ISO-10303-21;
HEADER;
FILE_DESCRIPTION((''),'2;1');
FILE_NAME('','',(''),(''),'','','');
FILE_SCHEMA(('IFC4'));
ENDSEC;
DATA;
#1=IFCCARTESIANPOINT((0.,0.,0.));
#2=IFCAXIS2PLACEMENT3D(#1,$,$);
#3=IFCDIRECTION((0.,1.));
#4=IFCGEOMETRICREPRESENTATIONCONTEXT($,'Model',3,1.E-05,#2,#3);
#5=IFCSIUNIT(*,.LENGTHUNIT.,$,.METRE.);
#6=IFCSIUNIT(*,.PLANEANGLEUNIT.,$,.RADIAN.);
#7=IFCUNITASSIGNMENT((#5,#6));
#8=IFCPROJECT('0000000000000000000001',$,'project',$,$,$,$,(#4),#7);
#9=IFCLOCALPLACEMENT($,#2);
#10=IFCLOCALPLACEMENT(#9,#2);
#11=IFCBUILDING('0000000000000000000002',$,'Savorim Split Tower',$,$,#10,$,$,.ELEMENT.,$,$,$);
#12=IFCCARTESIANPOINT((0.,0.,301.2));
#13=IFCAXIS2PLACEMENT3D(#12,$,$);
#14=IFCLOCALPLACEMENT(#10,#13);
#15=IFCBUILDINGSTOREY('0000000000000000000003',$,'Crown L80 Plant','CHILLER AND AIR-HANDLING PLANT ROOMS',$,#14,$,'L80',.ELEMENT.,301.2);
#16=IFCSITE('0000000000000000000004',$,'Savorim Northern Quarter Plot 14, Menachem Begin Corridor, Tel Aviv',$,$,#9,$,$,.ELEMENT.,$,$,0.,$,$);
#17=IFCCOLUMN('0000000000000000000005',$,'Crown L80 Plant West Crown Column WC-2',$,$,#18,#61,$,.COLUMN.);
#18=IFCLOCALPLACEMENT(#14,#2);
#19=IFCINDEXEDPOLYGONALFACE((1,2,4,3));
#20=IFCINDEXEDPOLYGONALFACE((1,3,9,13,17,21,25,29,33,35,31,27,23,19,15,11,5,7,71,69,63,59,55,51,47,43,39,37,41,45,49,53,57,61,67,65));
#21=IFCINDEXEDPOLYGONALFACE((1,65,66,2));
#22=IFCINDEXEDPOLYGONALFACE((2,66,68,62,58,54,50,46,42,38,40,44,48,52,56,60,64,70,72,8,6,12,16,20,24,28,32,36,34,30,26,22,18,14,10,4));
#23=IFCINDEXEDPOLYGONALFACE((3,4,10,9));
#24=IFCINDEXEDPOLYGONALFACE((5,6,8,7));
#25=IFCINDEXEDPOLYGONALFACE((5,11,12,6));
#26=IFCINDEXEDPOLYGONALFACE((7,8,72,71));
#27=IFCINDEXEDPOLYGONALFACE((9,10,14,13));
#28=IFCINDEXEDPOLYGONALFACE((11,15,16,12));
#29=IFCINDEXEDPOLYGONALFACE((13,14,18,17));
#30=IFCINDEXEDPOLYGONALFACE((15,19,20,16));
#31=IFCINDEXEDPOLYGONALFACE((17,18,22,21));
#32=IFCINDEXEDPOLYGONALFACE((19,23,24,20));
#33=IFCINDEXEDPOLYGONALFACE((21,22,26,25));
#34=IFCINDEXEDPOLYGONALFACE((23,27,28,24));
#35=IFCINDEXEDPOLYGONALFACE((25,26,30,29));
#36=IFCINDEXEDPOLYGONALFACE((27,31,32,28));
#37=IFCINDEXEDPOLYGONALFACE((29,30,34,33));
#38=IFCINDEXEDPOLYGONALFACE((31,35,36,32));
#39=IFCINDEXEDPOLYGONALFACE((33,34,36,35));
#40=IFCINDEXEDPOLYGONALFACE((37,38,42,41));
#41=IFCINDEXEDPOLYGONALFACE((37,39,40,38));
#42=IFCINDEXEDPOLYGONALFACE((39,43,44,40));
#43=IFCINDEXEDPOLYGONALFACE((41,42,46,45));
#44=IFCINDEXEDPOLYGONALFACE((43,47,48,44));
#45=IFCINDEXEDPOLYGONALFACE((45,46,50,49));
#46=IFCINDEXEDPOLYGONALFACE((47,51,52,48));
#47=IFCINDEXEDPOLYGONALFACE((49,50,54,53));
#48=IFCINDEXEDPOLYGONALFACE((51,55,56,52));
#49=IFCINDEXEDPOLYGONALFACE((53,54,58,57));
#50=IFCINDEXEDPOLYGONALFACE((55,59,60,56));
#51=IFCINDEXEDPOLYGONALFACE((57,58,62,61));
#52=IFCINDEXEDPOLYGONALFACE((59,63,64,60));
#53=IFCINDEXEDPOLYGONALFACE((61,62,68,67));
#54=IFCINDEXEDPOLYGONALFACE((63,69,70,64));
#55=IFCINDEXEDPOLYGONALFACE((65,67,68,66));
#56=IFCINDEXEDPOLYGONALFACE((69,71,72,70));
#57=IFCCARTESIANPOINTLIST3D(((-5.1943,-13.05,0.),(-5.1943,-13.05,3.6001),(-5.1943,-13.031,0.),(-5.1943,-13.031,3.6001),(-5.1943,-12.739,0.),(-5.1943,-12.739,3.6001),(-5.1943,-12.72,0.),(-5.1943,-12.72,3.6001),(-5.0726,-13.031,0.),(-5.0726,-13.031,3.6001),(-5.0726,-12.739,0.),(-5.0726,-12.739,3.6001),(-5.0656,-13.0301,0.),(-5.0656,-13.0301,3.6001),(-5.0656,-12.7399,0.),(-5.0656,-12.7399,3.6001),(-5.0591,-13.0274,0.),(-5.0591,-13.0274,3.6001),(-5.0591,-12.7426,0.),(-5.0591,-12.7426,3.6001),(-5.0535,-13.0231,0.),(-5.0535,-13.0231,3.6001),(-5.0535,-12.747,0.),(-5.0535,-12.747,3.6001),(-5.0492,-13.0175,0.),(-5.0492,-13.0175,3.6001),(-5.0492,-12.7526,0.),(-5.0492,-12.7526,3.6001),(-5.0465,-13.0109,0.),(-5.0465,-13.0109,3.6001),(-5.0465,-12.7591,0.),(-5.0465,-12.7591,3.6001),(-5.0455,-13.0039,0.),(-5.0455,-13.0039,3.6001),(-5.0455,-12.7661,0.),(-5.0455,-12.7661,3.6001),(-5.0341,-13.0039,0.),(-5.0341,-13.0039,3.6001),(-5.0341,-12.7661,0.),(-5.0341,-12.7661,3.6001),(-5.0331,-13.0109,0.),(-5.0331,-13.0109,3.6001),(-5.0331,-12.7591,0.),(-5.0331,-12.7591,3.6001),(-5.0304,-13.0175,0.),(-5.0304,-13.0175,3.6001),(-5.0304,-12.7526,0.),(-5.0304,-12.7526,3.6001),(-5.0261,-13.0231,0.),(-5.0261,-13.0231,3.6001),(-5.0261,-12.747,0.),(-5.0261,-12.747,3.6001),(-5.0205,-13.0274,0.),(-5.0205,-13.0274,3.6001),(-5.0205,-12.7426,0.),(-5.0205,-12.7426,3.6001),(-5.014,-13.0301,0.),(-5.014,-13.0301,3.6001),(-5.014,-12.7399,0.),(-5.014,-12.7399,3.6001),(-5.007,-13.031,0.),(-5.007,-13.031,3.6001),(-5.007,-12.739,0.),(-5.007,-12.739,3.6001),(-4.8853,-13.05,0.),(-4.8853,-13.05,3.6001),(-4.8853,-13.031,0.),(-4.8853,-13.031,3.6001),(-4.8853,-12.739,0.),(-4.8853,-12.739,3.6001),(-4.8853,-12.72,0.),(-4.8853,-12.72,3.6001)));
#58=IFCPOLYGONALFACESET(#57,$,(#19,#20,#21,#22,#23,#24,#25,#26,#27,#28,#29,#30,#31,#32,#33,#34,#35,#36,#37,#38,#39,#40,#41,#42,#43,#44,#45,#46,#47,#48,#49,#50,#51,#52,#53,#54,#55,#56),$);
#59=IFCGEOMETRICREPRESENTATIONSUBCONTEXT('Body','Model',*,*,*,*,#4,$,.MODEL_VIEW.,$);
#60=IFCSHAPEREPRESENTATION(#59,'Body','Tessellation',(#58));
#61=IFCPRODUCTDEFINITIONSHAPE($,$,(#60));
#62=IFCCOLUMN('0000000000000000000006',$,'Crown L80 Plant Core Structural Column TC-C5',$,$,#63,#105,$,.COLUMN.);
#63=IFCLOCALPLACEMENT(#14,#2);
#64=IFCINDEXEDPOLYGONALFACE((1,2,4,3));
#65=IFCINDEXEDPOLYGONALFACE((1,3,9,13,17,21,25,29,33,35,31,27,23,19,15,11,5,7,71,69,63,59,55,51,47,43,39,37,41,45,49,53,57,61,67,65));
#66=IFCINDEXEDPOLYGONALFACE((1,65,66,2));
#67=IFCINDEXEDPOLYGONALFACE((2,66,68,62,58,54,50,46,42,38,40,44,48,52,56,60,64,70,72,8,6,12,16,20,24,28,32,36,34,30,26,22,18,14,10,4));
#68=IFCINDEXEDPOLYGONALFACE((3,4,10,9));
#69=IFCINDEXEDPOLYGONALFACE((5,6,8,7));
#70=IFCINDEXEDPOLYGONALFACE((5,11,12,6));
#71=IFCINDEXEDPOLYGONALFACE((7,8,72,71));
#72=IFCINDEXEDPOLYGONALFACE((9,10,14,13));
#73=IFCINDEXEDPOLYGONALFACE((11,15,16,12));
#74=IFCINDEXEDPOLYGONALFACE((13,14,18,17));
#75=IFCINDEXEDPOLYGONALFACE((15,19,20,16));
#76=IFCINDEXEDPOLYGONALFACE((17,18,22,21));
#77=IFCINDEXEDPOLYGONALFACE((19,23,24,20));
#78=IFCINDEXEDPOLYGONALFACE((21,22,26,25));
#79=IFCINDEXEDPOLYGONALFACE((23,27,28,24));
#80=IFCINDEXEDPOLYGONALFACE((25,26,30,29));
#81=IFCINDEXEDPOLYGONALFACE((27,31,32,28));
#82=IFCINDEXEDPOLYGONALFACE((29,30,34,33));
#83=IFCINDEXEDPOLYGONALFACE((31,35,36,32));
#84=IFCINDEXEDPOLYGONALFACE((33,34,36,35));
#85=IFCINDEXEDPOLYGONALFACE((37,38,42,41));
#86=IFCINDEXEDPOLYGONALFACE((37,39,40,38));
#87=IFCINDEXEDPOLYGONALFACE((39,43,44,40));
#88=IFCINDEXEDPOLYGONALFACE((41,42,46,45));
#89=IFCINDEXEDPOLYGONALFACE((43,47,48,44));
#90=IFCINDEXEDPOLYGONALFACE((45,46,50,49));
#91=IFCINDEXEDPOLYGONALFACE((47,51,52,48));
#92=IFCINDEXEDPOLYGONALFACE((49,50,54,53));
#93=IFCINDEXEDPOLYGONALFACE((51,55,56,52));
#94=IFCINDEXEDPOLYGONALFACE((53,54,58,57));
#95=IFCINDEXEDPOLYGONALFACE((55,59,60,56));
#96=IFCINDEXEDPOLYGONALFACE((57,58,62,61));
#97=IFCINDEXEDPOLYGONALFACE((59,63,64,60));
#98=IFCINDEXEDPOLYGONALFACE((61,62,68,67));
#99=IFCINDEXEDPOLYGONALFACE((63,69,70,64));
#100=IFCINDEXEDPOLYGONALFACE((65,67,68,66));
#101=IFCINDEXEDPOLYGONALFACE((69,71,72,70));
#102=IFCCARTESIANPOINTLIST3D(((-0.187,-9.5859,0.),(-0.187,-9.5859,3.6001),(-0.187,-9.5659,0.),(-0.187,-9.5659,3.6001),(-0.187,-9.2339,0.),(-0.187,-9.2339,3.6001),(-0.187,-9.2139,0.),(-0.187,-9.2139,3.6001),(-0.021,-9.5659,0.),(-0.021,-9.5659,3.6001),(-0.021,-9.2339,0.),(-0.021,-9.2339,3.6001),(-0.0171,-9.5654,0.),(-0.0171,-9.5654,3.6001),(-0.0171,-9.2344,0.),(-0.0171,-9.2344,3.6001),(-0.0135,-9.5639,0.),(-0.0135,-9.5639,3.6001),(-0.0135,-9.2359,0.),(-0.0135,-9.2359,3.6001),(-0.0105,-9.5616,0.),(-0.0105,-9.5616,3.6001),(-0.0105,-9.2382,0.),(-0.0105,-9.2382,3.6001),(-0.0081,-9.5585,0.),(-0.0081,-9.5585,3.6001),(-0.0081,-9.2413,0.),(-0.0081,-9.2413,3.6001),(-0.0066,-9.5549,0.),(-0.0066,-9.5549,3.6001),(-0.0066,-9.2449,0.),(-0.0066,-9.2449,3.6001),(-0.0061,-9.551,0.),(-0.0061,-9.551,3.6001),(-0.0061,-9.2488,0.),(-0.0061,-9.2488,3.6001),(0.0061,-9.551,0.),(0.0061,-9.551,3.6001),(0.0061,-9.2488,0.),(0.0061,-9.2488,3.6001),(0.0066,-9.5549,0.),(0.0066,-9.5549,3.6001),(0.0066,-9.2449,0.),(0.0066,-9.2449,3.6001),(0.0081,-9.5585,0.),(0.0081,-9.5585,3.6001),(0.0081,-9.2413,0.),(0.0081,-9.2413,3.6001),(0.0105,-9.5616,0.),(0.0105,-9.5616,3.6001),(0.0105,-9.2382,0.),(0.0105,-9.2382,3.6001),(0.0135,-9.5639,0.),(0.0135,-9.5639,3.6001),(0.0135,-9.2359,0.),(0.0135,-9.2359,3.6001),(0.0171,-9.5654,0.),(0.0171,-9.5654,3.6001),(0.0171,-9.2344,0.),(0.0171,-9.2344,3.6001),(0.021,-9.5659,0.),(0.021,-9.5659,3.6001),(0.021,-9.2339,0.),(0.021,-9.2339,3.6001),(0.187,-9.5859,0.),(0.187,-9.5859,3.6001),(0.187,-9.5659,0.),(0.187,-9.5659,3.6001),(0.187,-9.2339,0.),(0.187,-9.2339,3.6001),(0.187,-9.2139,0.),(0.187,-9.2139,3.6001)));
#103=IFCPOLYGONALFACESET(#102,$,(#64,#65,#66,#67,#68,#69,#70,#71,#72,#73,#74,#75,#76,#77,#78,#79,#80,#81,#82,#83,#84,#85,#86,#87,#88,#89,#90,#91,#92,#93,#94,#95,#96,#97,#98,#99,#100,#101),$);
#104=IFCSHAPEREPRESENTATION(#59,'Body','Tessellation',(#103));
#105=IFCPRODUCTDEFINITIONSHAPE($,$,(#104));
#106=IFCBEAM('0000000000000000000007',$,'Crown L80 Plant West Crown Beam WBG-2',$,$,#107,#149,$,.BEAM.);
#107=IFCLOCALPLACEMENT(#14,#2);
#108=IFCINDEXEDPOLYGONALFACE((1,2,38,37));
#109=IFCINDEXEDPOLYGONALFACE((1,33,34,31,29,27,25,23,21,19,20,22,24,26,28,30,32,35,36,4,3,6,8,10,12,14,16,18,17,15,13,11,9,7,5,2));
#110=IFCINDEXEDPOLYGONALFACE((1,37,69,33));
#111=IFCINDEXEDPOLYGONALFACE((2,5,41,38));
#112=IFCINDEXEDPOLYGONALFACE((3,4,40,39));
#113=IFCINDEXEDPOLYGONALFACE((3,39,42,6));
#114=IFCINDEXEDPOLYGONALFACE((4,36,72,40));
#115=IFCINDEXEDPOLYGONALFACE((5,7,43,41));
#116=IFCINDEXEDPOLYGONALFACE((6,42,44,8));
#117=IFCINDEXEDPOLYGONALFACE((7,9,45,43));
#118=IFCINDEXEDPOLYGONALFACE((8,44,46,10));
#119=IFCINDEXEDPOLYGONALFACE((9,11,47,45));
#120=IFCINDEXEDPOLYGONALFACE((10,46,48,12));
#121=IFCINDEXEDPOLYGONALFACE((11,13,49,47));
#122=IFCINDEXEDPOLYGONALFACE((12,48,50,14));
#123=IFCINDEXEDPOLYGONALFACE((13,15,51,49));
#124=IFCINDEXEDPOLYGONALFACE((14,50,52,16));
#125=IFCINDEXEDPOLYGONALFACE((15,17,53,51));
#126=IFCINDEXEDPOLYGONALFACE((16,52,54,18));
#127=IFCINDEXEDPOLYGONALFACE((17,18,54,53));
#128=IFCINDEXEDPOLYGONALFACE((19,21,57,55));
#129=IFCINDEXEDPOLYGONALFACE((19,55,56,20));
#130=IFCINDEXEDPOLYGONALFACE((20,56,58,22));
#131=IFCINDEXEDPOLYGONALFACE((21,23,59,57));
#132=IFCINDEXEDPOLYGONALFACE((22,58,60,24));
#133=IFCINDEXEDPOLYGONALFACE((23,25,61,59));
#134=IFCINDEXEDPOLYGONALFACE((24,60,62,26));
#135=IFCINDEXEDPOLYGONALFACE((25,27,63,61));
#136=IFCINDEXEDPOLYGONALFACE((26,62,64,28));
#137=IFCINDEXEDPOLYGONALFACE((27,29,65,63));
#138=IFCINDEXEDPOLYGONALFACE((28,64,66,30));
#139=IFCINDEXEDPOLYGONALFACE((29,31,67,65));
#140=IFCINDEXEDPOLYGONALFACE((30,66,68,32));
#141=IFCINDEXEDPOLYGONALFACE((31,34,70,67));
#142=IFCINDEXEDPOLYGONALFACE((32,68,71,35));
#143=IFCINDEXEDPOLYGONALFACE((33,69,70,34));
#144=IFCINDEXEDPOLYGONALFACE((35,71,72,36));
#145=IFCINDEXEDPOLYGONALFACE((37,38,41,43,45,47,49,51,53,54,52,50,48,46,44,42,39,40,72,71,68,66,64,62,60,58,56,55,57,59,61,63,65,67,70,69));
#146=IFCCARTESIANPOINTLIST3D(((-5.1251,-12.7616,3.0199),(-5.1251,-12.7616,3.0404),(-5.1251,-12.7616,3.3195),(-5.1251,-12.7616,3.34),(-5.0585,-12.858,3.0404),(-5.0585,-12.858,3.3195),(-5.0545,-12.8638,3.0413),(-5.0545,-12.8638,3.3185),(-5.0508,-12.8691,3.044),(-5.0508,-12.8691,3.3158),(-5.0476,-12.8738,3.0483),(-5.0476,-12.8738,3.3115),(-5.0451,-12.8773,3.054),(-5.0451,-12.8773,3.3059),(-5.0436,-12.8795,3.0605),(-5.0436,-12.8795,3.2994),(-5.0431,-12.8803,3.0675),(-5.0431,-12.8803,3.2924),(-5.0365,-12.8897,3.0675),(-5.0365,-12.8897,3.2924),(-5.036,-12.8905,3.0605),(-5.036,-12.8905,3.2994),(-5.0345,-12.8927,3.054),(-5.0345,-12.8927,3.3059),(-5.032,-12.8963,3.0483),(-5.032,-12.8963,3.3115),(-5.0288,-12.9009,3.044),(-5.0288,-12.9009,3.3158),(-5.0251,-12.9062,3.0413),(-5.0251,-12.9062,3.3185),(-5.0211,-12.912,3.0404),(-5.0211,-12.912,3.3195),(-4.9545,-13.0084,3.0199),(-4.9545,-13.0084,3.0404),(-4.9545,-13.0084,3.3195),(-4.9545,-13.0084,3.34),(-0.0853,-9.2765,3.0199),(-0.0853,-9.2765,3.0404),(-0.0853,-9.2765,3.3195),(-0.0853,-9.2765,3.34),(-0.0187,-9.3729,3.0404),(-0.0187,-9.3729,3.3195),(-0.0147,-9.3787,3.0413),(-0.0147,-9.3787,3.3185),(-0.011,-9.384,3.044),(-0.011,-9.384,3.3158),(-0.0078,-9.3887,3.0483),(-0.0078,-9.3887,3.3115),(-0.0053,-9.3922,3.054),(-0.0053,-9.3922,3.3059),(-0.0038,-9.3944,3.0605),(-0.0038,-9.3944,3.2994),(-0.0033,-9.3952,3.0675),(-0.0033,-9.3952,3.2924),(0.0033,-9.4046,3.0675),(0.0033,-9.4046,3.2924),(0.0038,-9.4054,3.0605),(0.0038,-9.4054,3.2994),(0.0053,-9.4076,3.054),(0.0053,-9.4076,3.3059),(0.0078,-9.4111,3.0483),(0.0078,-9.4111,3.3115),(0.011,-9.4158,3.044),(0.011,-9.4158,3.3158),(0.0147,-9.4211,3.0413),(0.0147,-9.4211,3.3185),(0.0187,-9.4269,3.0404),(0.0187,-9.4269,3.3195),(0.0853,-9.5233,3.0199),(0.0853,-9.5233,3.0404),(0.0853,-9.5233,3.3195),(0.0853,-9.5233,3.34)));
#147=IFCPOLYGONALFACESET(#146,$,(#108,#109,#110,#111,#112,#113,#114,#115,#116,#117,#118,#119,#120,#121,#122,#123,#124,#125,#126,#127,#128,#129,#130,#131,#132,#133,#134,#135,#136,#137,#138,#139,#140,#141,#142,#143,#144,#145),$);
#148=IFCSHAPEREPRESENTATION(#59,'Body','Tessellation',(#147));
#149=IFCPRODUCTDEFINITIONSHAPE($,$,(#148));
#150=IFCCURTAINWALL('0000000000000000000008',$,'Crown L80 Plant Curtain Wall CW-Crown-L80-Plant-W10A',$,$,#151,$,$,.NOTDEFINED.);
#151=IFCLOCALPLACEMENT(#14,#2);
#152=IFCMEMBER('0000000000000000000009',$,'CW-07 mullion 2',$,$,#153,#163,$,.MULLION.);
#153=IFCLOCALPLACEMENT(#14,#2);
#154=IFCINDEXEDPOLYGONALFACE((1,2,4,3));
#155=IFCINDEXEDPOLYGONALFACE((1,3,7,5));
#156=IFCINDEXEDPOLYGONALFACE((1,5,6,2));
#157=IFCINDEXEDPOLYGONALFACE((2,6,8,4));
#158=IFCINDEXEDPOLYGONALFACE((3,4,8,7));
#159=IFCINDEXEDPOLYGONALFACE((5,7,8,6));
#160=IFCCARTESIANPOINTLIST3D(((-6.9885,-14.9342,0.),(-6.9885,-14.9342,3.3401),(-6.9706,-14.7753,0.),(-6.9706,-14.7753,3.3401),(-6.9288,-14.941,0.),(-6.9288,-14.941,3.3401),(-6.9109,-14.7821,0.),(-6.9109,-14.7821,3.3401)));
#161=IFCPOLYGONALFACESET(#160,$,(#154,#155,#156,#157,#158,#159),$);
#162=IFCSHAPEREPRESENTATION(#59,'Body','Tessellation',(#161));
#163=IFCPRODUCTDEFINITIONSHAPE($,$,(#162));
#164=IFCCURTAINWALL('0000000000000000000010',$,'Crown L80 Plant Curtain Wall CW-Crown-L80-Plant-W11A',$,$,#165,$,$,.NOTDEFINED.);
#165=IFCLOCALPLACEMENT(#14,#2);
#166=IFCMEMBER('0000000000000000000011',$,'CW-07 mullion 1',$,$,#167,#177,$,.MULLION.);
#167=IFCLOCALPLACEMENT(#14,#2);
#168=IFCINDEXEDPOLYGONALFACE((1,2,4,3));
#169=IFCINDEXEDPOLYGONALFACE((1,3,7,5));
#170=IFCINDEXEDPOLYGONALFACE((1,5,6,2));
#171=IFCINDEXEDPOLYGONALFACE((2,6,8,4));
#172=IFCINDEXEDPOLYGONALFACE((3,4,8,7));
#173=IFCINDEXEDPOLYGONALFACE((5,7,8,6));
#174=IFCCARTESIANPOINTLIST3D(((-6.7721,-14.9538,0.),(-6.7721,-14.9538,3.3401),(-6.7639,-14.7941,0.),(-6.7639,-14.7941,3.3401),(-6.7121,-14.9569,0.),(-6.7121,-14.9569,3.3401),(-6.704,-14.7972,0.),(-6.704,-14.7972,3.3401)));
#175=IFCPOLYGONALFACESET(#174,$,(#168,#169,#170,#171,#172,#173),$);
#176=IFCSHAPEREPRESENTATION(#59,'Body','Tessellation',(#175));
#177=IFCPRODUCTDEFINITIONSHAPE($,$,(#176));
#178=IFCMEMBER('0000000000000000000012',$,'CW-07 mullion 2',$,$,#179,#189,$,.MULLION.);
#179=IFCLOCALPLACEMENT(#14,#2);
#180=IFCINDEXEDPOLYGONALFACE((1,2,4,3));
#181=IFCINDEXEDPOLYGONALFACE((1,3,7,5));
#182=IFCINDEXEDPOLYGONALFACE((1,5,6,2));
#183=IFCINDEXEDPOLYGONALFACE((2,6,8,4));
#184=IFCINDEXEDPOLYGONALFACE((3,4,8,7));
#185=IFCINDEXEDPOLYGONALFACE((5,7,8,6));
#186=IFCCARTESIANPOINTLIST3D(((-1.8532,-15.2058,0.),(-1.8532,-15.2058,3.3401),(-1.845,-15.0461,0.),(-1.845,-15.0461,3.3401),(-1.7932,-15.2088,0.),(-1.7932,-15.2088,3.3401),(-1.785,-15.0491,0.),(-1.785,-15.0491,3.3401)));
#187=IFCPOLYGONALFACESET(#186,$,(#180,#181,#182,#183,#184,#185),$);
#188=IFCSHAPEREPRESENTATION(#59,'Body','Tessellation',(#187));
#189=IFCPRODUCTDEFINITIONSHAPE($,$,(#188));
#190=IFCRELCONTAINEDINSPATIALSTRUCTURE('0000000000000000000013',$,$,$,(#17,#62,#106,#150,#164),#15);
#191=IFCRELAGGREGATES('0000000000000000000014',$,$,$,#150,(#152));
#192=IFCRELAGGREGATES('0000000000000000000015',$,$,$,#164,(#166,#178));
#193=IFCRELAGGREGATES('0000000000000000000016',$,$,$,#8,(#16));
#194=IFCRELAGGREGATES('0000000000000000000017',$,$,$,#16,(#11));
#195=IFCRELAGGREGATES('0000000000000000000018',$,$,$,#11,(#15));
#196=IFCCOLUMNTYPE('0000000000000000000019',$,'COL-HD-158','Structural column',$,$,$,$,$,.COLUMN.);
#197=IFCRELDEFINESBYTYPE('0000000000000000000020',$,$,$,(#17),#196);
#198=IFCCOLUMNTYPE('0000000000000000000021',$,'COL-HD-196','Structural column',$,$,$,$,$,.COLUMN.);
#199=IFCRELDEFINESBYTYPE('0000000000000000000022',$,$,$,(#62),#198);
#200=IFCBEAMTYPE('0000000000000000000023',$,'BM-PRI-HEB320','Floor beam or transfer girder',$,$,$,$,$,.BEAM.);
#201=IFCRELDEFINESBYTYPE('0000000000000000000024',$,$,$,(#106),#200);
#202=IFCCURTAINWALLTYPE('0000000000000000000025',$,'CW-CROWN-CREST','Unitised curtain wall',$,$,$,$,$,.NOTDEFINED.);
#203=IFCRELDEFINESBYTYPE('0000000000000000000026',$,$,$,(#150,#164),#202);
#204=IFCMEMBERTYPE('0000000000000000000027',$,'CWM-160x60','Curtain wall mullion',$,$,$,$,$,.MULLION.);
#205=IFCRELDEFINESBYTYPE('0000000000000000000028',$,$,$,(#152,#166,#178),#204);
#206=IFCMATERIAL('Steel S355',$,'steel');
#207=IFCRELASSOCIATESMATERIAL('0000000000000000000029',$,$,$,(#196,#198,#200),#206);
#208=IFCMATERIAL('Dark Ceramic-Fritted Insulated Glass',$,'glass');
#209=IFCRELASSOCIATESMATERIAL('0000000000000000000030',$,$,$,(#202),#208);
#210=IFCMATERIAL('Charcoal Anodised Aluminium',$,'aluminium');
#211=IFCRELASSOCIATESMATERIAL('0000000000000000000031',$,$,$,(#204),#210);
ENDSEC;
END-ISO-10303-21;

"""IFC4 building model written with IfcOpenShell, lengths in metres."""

from ifc_helpers import new_model, si_unit, direction, frame, origin, origin_2d, place, context, subcontext, project, spatial, rectangle, i_section, extrude, material, material_profile, profile_set, type_object, element, aggregate, save


model = new_model("IFC4")

# Units and contexts
model_context = context("Model", 3, precision=1e-05, world=origin(), true_north=direction((0.0, 1.0)))
body_context = subcontext(model_context, "Body", "Model", "MODEL_VIEW")
ifc_project = project(units=[si_unit("LENGTHUNIT", "METRE"), si_unit("PLANEANGLEUNIT", "RADIAN")], contexts=[model_context])

# Site, building, storey
site_placement = place(None, origin())
site = spatial("IfcSite", under=ifc_project, at=site_placement, Name="Savorim Northern Quarter Plot 14, Menachem Begin Corridor, Tel Aviv", CompositionType="ELEMENT", RefElevation=0.0)
building_placement = place(site_placement, origin())
building = spatial("IfcBuilding", under=site, at=building_placement, Name="Savorim Split Tower", CompositionType="ELEMENT")
storey_placement = place(building_placement, frame((0.0, 0.0, 301.2)))
storey = spatial("IfcBuildingStorey", under=building, at=storey_placement, Name="Crown L80 Plant", Description="CHILLER AND AIR-HANDLING PLANT ROOMS", LongName="L80", CompositionType="ELEMENT", Elevation=301.2)

# Columns
ifc_material_1 = material(Name="Steel S355", Category="steel")
ifc_material_profile_1 = material_profile(ifc_material_1, i_section(OverallWidth=0.3091, OverallDepth=0.3301, WebThickness=0.0115, FlangeThickness=0.019, FilletRadius=0.0271, at=origin_2d()), Name="HD 320x158")
ifc_profile_set_1 = profile_set([ifc_material_profile_1], Name="Steel S355")
column_type_1 = type_object("IfcColumnType", Name="COL-HD-158", Description="Structural column", PredefinedType="COLUMN", material=ifc_profile_set_1)
column_1_placement = place(storey_placement, frame((-5.0398, -12.885, 0.0), z_axis=(0.0, 0.0, 1.0), x_axis=(1.0, 0.0, 0.0)))
element("IfcColumn", 1, at=column_1_placement, inside=storey, type_object=column_type_1, Name="Crown L80 Plant West Crown Column WC-2", PredefinedType="COLUMN", context=body_context, shape_type="SweptSolid", body=[
    extrude(i_section(OverallWidth=0.3091, OverallDepth=0.3301, WebThickness=0.0115, FlangeThickness=0.019, FilletRadius=0.0271, at=origin_2d()), origin(), (0.0, 0.0, 1.0), 3.6001),
])
ifc_material_profile_2 = material_profile(ifc_material_1, i_section(OverallWidth=0.374, OverallDepth=0.3721, WebThickness=0.0122, FlangeThickness=0.02, FilletRadius=0.0149, at=origin_2d()), Name="HD 360x196")
ifc_profile_set_2 = profile_set([ifc_material_profile_2], Name="Steel S355")
column_type_2 = type_object("IfcColumnType", Name="COL-HD-196", Description="Structural column", PredefinedType="COLUMN", material=ifc_profile_set_2)
column_2_placement = place(storey_placement, frame((0.0, -9.3999, 0.0), z_axis=(0.0, 0.0, 1.0), x_axis=(1.0, 0.0, 0.0)))
element("IfcColumn", 2, at=column_2_placement, inside=storey, type_object=column_type_2, Name="Crown L80 Plant Core Structural Column TC-C5", PredefinedType="COLUMN", context=body_context, shape_type="SweptSolid", body=[
    extrude(i_section(OverallWidth=0.374, OverallDepth=0.3721, WebThickness=0.0122, FlangeThickness=0.02, FilletRadius=0.0149, at=origin_2d()), origin(), (0.0, 0.0, 1.0), 3.6001),
])

# Beam
ifc_material_profile_3 = material_profile(ifc_material_1, i_section(OverallWidth=0.3, OverallDepth=0.3201, WebThickness=0.0115, FlangeThickness=0.0205, FilletRadius=0.0271, at=origin_2d()), Name="HEB 320")
ifc_profile_set_3 = profile_set([ifc_material_profile_3], Name="Steel S355")
beam_type = type_object("IfcBeamType", Name="BM-PRI-HEB320", Description="Floor beam or transfer girder", PredefinedType="BEAM", material=ifc_profile_set_3)
beam_placement = place(storey_placement, frame((-5.0398, -12.885, 3.1799), z_axis=(0.822496, 0.568771, 0.0), x_axis=(-0.568771, 0.822496, 0.0)))
element("IfcBeam", 3, at=beam_placement, inside=storey, type_object=beam_type, Name="Crown L80 Plant West Crown Beam WBG-2", PredefinedType="BEAM", context=body_context, shape_type="SweptSolid", body=[
    extrude(i_section(OverallWidth=0.3, OverallDepth=0.3201, WebThickness=0.0115, FlangeThickness=0.0205, FilletRadius=0.0271, at=origin_2d()), origin(), (0.0, 0.0, 1.0), 6.1274),
])

# Curtain wall, member
ifc_material_2 = material(Name="Dark Ceramic-Fritted Insulated Glass", Category="glass")
curtain_wall_type = type_object("IfcCurtainWallType", Name="CW-CROWN-CREST", Description="Unitised curtain wall", PredefinedType="NOTDEFINED", material=ifc_material_2)
curtain_wall_1_placement = place(storey_placement, origin())
curtain_wall_1 = element("IfcCurtainWall", 4, at=curtain_wall_1_placement, inside=storey, type_object=curtain_wall_type, Name="Crown L80 Plant Curtain Wall CW-Crown-L80-Plant-W10A", PredefinedType="NOTDEFINED")
ifc_material_3 = material(Name="Charcoal Anodised Aluminium", Category="aluminium")
ifc_material_profile_4 = material_profile(ifc_material_3, rectangle(XDim=0.1599, YDim=0.0601, at=origin_2d()), Name="ALU-M 160x60")
ifc_profile_set_4 = profile_set([ifc_material_profile_4], Name="Charcoal Anodised Aluminium")
member_type_1 = type_object("IfcMemberType", Name="CWM-160x60", Description="Curtain wall mullion", PredefinedType="MULLION", material=ifc_profile_set_4)
member_1_placement = place(storey_placement, frame((-6.9497, -14.8582, 0.0), z_axis=(0.0, 0.0, 1.0), x_axis=(0.112327, 0.993671, 0.0)))
member_1 = element("IfcMember", 5, at=member_1_placement, type_object=member_type_1, Name="CW-07 mullion 2", PredefinedType="MULLION", context=body_context, shape_type="SweptSolid", body=[
    extrude(rectangle(XDim=0.1599, YDim=0.0601, at=origin_2d()), origin(), (0.0, 0.0, 1.0), 3.3401),
])
aggregate(curtain_wall_1, [member_1])

# Curtain wall, members
curtain_wall_2_placement = place(storey_placement, origin())
curtain_wall_2 = element("IfcCurtainWall", 6, at=curtain_wall_2_placement, inside=storey, type_object=curtain_wall_type, Name="Crown L80 Plant Curtain Wall CW-Crown-L80-Plant-W11A", PredefinedType="NOTDEFINED")
member_2_placement = place(storey_placement, frame((-6.738, -14.8755, 0.0), z_axis=(0.0, 0.0, 1.0), x_axis=(0.051149, 0.998691, 0.0)))
member_2 = element("IfcMember", 7, at=member_2_placement, type_object=member_type_1, Name="CW-07 mullion 1", PredefinedType="MULLION", context=body_context, shape_type="SweptSolid", body=[
    extrude(rectangle(XDim=0.1599, YDim=0.0601, at=origin_2d()), origin(), (0.0, 0.0, 1.0), 3.3401),
])
member_3_placement = place(storey_placement, frame((-1.8191, -15.1274, 0.0), z_axis=(0.0, 0.0, 1.0), x_axis=(0.051149, 0.998691, 0.0)))
member_3 = element("IfcMember", 8, at=member_3_placement, type_object=member_type_1, Name="CW-07 mullion 2", PredefinedType="MULLION", context=body_context, shape_type="SweptSolid", body=[
    extrude(rectangle(XDim=0.1599, YDim=0.0601, at=origin_2d()), origin(), (0.0, 0.0, 1.0), 3.3401),
])

aggregate(curtain_wall_2, [member_2, member_3])

save(model, "model.ifc")
